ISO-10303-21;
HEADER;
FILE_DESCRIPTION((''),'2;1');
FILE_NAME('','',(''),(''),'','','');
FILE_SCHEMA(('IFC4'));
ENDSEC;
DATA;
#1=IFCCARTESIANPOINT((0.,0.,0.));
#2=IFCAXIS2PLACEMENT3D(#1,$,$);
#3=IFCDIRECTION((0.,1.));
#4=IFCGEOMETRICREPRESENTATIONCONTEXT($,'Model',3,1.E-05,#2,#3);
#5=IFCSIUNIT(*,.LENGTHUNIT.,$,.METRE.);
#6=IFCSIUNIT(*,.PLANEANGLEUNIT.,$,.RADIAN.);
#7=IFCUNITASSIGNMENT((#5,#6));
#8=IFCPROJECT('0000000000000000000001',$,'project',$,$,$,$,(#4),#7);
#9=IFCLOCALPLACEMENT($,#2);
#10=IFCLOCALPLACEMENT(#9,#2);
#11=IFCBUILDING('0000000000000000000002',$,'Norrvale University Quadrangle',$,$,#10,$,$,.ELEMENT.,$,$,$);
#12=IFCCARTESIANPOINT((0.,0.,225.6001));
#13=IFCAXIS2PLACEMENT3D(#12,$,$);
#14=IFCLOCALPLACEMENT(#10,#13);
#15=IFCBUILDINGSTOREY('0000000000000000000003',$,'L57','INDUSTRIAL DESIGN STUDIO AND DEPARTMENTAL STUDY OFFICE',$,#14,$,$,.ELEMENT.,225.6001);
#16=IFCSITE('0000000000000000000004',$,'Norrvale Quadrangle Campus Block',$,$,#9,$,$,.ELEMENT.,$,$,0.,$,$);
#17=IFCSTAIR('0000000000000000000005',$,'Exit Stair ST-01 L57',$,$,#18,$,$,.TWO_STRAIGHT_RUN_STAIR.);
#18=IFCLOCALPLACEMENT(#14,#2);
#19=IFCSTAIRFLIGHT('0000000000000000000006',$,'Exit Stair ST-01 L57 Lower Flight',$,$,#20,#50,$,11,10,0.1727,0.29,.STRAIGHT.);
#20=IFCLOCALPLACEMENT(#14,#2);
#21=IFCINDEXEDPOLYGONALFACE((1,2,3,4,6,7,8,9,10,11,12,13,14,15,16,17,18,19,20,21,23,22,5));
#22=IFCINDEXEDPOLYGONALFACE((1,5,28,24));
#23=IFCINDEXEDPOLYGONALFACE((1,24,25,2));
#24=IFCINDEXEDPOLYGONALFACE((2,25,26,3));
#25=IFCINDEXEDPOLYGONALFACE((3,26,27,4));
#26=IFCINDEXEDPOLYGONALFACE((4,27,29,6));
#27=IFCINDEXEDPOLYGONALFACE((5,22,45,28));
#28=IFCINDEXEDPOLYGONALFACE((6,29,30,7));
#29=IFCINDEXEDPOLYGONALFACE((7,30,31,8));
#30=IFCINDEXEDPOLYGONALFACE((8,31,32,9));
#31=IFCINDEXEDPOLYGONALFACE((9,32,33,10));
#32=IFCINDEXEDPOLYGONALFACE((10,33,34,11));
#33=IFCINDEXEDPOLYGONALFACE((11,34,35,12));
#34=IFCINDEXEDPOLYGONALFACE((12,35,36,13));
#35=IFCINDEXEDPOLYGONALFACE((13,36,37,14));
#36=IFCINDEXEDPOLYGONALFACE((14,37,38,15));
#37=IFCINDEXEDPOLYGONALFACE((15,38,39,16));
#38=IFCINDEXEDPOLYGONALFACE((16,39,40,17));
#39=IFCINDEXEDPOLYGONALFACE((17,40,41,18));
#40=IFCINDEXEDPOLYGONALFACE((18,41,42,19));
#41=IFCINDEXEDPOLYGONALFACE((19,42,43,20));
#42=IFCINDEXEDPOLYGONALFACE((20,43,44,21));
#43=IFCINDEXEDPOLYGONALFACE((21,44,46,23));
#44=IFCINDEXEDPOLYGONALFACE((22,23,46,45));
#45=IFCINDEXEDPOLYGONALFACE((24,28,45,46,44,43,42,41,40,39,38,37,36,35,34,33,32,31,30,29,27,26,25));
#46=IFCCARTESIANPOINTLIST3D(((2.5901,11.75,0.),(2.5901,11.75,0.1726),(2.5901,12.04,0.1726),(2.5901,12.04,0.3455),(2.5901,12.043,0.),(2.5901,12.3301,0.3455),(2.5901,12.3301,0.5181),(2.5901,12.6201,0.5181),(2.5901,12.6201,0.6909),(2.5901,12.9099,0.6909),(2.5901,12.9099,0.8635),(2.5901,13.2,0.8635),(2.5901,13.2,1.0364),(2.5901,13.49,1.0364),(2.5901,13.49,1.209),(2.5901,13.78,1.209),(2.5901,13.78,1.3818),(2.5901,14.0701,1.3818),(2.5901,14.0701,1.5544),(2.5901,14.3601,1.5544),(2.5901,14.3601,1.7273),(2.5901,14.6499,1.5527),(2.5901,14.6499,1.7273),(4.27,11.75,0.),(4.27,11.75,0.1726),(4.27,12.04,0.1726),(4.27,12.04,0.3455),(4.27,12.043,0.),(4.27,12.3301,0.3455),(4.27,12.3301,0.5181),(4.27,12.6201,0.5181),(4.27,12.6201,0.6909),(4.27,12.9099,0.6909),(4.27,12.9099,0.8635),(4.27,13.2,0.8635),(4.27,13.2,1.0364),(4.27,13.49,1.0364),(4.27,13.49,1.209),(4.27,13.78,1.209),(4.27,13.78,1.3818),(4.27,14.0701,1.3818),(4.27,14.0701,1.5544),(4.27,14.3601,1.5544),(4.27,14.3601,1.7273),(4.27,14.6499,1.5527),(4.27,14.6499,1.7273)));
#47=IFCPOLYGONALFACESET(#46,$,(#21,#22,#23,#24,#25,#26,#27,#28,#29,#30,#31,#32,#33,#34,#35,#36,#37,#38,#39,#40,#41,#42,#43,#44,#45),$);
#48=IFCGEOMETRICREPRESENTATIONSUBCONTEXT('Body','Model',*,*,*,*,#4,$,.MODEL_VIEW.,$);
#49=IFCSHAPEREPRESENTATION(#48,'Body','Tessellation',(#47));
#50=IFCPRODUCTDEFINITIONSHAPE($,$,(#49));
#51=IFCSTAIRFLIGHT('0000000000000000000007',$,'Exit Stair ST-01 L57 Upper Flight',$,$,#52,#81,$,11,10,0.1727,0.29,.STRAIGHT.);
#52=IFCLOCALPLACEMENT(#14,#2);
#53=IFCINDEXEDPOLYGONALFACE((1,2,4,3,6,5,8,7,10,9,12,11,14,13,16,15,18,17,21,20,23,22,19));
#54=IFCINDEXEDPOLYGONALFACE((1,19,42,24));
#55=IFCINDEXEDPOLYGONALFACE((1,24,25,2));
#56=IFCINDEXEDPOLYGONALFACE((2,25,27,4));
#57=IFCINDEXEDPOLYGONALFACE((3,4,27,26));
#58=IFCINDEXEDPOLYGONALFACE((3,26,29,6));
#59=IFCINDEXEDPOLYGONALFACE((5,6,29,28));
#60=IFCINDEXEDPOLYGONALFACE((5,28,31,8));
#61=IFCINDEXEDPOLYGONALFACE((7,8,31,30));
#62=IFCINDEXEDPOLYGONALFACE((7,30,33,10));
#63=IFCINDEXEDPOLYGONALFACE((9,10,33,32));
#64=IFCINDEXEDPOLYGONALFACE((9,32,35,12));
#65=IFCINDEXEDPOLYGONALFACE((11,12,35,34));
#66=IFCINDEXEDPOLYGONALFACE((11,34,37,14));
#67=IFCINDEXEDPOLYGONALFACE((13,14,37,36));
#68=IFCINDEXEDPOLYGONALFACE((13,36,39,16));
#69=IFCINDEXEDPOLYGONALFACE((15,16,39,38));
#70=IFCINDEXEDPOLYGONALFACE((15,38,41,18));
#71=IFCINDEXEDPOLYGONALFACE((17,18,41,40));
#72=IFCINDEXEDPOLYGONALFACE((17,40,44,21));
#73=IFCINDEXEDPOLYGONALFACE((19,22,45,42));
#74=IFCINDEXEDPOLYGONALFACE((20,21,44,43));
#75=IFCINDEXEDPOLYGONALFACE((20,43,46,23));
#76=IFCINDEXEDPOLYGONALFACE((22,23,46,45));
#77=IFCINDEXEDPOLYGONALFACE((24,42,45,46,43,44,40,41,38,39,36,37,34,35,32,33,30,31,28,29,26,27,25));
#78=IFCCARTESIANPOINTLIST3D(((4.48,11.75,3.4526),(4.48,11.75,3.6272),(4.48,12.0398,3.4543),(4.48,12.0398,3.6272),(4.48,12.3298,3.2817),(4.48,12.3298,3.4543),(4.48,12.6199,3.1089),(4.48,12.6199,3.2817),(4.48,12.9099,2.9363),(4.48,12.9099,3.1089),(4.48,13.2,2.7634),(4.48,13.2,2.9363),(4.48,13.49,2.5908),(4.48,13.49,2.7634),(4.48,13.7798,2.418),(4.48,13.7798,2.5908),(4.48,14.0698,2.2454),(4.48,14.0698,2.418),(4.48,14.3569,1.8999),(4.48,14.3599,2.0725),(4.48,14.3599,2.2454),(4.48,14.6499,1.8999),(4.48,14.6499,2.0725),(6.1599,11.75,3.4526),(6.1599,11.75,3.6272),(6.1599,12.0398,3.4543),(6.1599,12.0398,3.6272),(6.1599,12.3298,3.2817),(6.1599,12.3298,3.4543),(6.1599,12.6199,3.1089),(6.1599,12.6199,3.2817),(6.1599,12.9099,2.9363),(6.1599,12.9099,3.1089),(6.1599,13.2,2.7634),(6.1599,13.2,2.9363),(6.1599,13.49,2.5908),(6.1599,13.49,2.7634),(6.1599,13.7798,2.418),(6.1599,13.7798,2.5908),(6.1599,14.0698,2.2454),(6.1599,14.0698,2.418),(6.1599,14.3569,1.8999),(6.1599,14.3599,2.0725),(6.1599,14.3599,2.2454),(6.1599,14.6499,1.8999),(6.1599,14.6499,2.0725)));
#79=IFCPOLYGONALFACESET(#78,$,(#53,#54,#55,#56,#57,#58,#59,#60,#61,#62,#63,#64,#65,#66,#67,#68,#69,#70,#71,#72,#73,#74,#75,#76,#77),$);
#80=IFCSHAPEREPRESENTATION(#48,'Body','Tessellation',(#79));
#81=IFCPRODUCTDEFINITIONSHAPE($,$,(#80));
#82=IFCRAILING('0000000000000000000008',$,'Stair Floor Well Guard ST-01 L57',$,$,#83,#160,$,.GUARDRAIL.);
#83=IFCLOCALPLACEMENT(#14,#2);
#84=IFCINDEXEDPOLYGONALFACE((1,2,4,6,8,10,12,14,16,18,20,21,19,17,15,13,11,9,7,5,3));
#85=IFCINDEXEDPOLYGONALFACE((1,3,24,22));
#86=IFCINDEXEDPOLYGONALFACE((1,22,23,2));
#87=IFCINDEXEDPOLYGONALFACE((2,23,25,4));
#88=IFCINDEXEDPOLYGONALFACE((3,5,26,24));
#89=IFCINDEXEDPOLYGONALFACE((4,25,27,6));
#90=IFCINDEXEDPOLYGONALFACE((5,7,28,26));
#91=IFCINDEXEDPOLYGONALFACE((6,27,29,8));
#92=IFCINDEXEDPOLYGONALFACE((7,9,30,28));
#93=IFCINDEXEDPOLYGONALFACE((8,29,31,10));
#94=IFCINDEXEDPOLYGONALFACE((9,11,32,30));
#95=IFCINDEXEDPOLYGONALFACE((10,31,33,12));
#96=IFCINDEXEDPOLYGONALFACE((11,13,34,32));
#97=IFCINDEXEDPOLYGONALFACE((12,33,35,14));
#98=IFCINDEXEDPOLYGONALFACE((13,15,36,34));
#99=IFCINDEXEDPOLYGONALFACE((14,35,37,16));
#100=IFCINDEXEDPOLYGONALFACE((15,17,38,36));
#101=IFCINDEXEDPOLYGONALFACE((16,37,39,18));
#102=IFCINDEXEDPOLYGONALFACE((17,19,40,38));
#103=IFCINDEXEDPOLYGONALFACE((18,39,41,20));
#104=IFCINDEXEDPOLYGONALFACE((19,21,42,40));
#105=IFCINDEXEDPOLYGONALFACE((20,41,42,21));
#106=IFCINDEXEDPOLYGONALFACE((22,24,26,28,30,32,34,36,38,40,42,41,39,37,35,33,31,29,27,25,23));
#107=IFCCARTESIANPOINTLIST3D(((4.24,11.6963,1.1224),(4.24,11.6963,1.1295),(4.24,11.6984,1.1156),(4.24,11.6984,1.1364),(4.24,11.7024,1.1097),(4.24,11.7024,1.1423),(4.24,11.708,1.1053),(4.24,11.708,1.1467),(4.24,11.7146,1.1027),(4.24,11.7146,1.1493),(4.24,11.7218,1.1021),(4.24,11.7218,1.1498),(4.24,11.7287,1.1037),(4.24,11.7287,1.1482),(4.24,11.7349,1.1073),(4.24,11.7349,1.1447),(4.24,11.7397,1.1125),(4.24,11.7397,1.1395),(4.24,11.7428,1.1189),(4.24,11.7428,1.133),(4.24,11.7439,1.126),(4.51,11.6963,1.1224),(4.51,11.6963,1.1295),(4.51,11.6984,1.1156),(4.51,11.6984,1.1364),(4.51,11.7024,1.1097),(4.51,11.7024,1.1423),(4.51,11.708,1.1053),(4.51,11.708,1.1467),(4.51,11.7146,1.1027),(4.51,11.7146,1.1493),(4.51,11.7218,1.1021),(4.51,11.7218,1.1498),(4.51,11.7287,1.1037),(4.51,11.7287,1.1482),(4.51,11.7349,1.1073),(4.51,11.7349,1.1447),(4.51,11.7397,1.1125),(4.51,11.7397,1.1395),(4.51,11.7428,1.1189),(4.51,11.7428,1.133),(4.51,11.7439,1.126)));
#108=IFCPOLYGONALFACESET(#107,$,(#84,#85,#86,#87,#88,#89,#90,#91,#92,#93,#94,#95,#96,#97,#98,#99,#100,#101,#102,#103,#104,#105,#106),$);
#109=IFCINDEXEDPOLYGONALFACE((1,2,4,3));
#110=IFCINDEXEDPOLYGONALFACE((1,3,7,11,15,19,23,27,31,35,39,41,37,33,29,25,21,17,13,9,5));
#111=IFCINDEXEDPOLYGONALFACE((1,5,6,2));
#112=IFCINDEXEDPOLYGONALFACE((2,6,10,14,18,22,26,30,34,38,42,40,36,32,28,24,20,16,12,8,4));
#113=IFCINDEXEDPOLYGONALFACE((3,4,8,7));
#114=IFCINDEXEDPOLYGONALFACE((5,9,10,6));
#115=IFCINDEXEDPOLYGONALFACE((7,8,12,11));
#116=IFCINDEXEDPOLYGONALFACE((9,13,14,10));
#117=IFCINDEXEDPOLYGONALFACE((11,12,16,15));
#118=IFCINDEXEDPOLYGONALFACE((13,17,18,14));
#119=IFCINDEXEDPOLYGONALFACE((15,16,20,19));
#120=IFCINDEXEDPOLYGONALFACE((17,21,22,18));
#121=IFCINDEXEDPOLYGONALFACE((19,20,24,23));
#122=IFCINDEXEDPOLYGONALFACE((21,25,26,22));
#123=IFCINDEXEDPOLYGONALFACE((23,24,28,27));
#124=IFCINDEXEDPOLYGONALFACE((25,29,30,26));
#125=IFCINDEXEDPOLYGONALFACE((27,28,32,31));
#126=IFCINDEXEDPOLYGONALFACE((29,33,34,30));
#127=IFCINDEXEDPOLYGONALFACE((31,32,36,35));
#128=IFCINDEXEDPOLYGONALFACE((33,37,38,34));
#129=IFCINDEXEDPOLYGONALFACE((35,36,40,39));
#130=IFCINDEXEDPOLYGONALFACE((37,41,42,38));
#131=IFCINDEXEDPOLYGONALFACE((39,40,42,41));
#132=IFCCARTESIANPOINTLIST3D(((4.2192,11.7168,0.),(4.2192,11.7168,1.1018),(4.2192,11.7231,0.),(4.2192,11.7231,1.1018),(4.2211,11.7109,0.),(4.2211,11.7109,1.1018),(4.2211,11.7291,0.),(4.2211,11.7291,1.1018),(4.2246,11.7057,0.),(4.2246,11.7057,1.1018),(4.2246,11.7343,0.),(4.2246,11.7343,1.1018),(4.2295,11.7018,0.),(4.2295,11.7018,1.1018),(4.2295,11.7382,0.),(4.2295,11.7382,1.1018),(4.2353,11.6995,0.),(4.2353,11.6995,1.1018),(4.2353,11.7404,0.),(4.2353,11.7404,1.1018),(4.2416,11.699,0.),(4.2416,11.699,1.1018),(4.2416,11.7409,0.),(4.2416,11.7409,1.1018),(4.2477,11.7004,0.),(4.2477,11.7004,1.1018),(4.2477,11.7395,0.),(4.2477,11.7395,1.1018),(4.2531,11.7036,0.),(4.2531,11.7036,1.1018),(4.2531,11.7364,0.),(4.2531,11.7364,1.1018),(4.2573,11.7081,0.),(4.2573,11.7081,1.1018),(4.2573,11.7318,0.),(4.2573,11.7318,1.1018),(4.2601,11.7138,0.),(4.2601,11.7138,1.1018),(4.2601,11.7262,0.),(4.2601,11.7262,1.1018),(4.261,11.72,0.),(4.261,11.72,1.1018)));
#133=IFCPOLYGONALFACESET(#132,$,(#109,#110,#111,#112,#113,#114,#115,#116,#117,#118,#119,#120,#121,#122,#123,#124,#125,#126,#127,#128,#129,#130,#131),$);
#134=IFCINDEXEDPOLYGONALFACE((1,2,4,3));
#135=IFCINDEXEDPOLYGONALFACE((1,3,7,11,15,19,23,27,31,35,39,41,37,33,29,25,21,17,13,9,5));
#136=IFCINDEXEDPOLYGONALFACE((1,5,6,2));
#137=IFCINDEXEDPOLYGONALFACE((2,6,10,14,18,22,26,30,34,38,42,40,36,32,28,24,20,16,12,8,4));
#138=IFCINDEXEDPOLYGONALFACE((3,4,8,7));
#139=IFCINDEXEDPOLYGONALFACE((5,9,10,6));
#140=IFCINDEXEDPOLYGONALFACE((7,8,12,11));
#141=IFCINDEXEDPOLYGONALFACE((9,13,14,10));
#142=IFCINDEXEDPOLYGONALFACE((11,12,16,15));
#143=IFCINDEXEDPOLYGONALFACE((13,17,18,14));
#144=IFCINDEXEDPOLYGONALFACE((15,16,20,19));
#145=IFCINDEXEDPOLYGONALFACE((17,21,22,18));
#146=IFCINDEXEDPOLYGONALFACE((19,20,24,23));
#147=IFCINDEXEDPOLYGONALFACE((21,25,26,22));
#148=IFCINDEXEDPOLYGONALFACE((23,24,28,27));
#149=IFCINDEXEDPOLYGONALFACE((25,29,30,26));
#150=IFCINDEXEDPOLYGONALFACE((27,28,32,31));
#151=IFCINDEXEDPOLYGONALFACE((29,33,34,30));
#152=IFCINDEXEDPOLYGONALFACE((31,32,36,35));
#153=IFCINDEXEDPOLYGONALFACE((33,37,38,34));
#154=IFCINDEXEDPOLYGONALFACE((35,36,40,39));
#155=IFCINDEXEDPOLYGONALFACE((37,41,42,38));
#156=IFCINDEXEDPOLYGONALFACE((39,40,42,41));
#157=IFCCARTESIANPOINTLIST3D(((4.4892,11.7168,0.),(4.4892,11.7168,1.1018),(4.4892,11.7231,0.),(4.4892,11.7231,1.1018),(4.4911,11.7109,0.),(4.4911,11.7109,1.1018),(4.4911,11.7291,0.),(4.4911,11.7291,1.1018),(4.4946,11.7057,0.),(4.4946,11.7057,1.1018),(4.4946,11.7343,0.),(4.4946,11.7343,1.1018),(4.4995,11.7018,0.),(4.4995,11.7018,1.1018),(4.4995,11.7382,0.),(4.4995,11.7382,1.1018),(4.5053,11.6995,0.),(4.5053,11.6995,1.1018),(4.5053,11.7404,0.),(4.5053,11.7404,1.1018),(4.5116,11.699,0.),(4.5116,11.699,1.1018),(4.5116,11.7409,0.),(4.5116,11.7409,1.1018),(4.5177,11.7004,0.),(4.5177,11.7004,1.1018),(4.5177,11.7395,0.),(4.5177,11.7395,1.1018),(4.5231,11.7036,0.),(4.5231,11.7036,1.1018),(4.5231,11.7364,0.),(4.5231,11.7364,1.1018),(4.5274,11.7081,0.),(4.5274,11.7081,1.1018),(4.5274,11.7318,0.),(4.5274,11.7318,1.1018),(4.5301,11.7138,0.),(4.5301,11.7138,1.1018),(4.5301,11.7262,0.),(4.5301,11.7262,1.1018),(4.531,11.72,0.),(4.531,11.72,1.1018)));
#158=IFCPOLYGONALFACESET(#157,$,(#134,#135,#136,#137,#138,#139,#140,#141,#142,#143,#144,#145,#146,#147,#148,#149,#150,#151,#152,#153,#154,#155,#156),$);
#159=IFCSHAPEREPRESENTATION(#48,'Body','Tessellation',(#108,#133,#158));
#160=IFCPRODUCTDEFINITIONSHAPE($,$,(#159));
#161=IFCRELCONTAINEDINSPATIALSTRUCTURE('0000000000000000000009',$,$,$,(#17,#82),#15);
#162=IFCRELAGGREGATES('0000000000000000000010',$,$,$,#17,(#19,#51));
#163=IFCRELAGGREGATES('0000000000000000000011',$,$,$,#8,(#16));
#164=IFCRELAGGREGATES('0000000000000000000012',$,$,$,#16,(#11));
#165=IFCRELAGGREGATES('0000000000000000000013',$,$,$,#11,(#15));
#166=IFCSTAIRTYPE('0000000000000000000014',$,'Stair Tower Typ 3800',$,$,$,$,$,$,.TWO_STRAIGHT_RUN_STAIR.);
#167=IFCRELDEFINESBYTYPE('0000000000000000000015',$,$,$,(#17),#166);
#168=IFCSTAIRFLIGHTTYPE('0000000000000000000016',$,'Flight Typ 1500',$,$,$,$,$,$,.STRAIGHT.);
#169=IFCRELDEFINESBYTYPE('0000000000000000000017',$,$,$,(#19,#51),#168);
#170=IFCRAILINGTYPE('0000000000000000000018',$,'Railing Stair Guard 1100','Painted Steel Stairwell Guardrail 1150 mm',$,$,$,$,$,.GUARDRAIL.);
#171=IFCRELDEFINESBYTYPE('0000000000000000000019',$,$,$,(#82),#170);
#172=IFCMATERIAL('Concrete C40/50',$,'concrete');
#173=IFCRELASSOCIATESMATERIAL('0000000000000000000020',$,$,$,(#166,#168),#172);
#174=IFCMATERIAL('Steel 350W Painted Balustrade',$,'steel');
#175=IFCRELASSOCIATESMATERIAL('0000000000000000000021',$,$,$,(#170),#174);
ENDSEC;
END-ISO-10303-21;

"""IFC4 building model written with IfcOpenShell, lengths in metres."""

from ifc_helpers import new_model, si_unit, direction, frame, origin, origin_2d, place, context, subcontext, project, spatial, polyline, circle, outline, extrude, material, type_object, element, aggregate, save


model = new_model("IFC4")

# Units and contexts
model_context = context("Model", 3, precision=1e-05, world=origin(), true_north=direction((0.0, 1.0)))
body_context = subcontext(model_context, "Body", "Model", "MODEL_VIEW")
ifc_project = project(units=[si_unit("LENGTHUNIT", "METRE"), si_unit("PLANEANGLEUNIT", "RADIAN")], contexts=[model_context])

# Site, building, storey
site_placement = place(None, origin())
site = spatial("IfcSite", under=ifc_project, at=site_placement, Name="Norrvale Quadrangle Campus Block", CompositionType="ELEMENT", RefElevation=0.0)
building_placement = place(site_placement, origin())
building = spatial("IfcBuilding", under=site, at=building_placement, Name="Norrvale University Quadrangle", CompositionType="ELEMENT")
storey_placement = place(building_placement, frame((0.0, 0.0, 225.6001)))
storey = spatial("IfcBuildingStorey", under=building, at=storey_placement, Name="L57", Description="INDUSTRIAL DESIGN STUDIO AND DEPARTMENTAL STUDY OFFICE", CompositionType="ELEMENT", Elevation=225.6001)

# Stair, stair flights
ifc_material_1 = material(Name="Concrete C40/50", Category="concrete")
stair_type = type_object("IfcStairType", Name="Stair Tower Typ 3800", PredefinedType="TWO_STRAIGHT_RUN_STAIR", material=ifc_material_1)
stair_placement = place(storey_placement, origin())
stair = element("IfcStair", 1, at=stair_placement, inside=storey, type_object=stair_type, Name="Exit Stair ST-01 L57", PredefinedType="TWO_STRAIGHT_RUN_STAIR")
stair_flight_type = type_object("IfcStairFlightType", Name="Flight Typ 1500", PredefinedType="STRAIGHT", material=ifc_material_1)
stair_flight_1_placement = place(storey_placement, frame((3.4299, 11.75, 0.0), z_axis=(0.0, 0.0, 1.0), x_axis=(0.0, 1.0, 0.0)))
stair_flight_1 = element("IfcStairFlight", 2, at=stair_flight_1_placement, type_object=stair_flight_type, Name="Exit Stair ST-01 L57 Lower Flight", NumberOfRisers=11, NumberOfTreads=10, PredefinedType="STRAIGHT", RiserHeight=0.1727, TreadLength=0.29, context=body_context, shape_type="SweptSolid", body=[
    extrude(outline(polyline([(0.0, 0.0), (0.0, 0.1726), (0.29, 0.1726), (0.29, 0.3455), (0.5801, 0.3455), (0.5801, 0.5181), (0.8701, 0.5181), (0.8701, 0.6909), (1.1599, 0.6909), (1.1599, 0.8635), (1.45, 0.8635), (1.45, 1.0364), (1.74, 1.0364), (1.74, 1.209), (2.03, 1.209), (2.03, 1.3818), (2.3201, 1.3818), (2.3201, 1.5544), (2.6101, 1.5544), (2.6101, 1.7273), (2.8999, 1.7273), (2.8999, 1.8999), (2.8999, 1.5527), (0.293, 0.0), (0.0, 0.0)])), frame((0.0, 0.8398, 0.0), z_axis=(0.0, -1.0, 0.0), x_axis=(1.0, 0.0, 0.0)), (0.0, 0.0, 1.0), 1.6799),
])
stair_flight_2_placement = place(storey_placement, frame((5.3201, 14.6499, 1.8999), z_axis=(0.0, 0.0, 1.0), x_axis=(0.0, -1.0, 0.0)))
stair_flight_2 = element("IfcStairFlight", 3, at=stair_flight_2_placement, type_object=stair_flight_type, Name="Exit Stair ST-01 L57 Upper Flight", NumberOfRisers=11, NumberOfTreads=10, PredefinedType="STRAIGHT", RiserHeight=0.1727, TreadLength=0.29, context=body_context, shape_type="SweptSolid", body=[
    extrude(outline(polyline([(0.0, 0.0), (0.0, 0.1726), (0.29, 0.1726), (0.29, 0.3455), (0.5801, 0.3455), (0.5801, 0.5181), (0.8701, 0.5181), (0.8701, 0.6909), (1.1599, 0.6909), (1.1599, 0.8635), (1.45, 0.8635), (1.45, 1.0364), (1.74, 1.0364), (1.74, 1.209), (2.03, 1.209), (2.03, 1.3818), (2.3201, 1.3818), (2.3201, 1.5544), (2.6101, 1.5544), (2.6101, 1.7273), (2.8999, 1.7273), (2.8999, 1.8999), (2.8999, 1.5527), (0.293, 0.0), (0.0, 0.0)])), frame((0.0, 0.8398, 0.0), z_axis=(0.0, -1.0, 0.0), x_axis=(1.0, 0.0, 0.0)), (0.0, 0.0, 1.0), 1.6799),
])
aggregate(stair, [stair_flight_1, stair_flight_2])

# Railing
ifc_material_2 = material(Name="Steel 350W Painted Balustrade", Category="steel")
railing_type_1 = type_object("IfcRailingType", Name="Railing Stair Guard 1100", Description="Painted Steel Stairwell Guardrail 1150 mm", PredefinedType="GUARDRAIL", material=ifc_material_2)
for number, where, name in (
    (4, (4.24, 11.72, 0.0), "Stair Floor Well Guard ST-01 L57"),
):
    element("IfcRailing", number, at=place(storey_placement, frame(where)), inside=storey, type_object=railing_type_1, Name=name, PredefinedType="GUARDRAIL", context=body_context, shape_type="SweptSolid", body=[
        extrude(circle(Radius=0.0239, at=origin_2d()), frame((0.0, 0.0, 1.126), z_axis=(1.0, 0.0, 0.0), x_axis=(0.0, 1.0, 0.0)), (0.0, 0.0, 1.0), 0.27),
        extrude(circle(Radius=0.021, at=origin_2d()), origin(), (0.0, 0.0, 1.0), 1.1018),
        extrude(circle(Radius=0.021, at=origin_2d()), frame((0.27, 0.0, 0.0)), (0.0, 0.0, 1.0), 1.1018),
    ])

save(model, "model.ifc")
